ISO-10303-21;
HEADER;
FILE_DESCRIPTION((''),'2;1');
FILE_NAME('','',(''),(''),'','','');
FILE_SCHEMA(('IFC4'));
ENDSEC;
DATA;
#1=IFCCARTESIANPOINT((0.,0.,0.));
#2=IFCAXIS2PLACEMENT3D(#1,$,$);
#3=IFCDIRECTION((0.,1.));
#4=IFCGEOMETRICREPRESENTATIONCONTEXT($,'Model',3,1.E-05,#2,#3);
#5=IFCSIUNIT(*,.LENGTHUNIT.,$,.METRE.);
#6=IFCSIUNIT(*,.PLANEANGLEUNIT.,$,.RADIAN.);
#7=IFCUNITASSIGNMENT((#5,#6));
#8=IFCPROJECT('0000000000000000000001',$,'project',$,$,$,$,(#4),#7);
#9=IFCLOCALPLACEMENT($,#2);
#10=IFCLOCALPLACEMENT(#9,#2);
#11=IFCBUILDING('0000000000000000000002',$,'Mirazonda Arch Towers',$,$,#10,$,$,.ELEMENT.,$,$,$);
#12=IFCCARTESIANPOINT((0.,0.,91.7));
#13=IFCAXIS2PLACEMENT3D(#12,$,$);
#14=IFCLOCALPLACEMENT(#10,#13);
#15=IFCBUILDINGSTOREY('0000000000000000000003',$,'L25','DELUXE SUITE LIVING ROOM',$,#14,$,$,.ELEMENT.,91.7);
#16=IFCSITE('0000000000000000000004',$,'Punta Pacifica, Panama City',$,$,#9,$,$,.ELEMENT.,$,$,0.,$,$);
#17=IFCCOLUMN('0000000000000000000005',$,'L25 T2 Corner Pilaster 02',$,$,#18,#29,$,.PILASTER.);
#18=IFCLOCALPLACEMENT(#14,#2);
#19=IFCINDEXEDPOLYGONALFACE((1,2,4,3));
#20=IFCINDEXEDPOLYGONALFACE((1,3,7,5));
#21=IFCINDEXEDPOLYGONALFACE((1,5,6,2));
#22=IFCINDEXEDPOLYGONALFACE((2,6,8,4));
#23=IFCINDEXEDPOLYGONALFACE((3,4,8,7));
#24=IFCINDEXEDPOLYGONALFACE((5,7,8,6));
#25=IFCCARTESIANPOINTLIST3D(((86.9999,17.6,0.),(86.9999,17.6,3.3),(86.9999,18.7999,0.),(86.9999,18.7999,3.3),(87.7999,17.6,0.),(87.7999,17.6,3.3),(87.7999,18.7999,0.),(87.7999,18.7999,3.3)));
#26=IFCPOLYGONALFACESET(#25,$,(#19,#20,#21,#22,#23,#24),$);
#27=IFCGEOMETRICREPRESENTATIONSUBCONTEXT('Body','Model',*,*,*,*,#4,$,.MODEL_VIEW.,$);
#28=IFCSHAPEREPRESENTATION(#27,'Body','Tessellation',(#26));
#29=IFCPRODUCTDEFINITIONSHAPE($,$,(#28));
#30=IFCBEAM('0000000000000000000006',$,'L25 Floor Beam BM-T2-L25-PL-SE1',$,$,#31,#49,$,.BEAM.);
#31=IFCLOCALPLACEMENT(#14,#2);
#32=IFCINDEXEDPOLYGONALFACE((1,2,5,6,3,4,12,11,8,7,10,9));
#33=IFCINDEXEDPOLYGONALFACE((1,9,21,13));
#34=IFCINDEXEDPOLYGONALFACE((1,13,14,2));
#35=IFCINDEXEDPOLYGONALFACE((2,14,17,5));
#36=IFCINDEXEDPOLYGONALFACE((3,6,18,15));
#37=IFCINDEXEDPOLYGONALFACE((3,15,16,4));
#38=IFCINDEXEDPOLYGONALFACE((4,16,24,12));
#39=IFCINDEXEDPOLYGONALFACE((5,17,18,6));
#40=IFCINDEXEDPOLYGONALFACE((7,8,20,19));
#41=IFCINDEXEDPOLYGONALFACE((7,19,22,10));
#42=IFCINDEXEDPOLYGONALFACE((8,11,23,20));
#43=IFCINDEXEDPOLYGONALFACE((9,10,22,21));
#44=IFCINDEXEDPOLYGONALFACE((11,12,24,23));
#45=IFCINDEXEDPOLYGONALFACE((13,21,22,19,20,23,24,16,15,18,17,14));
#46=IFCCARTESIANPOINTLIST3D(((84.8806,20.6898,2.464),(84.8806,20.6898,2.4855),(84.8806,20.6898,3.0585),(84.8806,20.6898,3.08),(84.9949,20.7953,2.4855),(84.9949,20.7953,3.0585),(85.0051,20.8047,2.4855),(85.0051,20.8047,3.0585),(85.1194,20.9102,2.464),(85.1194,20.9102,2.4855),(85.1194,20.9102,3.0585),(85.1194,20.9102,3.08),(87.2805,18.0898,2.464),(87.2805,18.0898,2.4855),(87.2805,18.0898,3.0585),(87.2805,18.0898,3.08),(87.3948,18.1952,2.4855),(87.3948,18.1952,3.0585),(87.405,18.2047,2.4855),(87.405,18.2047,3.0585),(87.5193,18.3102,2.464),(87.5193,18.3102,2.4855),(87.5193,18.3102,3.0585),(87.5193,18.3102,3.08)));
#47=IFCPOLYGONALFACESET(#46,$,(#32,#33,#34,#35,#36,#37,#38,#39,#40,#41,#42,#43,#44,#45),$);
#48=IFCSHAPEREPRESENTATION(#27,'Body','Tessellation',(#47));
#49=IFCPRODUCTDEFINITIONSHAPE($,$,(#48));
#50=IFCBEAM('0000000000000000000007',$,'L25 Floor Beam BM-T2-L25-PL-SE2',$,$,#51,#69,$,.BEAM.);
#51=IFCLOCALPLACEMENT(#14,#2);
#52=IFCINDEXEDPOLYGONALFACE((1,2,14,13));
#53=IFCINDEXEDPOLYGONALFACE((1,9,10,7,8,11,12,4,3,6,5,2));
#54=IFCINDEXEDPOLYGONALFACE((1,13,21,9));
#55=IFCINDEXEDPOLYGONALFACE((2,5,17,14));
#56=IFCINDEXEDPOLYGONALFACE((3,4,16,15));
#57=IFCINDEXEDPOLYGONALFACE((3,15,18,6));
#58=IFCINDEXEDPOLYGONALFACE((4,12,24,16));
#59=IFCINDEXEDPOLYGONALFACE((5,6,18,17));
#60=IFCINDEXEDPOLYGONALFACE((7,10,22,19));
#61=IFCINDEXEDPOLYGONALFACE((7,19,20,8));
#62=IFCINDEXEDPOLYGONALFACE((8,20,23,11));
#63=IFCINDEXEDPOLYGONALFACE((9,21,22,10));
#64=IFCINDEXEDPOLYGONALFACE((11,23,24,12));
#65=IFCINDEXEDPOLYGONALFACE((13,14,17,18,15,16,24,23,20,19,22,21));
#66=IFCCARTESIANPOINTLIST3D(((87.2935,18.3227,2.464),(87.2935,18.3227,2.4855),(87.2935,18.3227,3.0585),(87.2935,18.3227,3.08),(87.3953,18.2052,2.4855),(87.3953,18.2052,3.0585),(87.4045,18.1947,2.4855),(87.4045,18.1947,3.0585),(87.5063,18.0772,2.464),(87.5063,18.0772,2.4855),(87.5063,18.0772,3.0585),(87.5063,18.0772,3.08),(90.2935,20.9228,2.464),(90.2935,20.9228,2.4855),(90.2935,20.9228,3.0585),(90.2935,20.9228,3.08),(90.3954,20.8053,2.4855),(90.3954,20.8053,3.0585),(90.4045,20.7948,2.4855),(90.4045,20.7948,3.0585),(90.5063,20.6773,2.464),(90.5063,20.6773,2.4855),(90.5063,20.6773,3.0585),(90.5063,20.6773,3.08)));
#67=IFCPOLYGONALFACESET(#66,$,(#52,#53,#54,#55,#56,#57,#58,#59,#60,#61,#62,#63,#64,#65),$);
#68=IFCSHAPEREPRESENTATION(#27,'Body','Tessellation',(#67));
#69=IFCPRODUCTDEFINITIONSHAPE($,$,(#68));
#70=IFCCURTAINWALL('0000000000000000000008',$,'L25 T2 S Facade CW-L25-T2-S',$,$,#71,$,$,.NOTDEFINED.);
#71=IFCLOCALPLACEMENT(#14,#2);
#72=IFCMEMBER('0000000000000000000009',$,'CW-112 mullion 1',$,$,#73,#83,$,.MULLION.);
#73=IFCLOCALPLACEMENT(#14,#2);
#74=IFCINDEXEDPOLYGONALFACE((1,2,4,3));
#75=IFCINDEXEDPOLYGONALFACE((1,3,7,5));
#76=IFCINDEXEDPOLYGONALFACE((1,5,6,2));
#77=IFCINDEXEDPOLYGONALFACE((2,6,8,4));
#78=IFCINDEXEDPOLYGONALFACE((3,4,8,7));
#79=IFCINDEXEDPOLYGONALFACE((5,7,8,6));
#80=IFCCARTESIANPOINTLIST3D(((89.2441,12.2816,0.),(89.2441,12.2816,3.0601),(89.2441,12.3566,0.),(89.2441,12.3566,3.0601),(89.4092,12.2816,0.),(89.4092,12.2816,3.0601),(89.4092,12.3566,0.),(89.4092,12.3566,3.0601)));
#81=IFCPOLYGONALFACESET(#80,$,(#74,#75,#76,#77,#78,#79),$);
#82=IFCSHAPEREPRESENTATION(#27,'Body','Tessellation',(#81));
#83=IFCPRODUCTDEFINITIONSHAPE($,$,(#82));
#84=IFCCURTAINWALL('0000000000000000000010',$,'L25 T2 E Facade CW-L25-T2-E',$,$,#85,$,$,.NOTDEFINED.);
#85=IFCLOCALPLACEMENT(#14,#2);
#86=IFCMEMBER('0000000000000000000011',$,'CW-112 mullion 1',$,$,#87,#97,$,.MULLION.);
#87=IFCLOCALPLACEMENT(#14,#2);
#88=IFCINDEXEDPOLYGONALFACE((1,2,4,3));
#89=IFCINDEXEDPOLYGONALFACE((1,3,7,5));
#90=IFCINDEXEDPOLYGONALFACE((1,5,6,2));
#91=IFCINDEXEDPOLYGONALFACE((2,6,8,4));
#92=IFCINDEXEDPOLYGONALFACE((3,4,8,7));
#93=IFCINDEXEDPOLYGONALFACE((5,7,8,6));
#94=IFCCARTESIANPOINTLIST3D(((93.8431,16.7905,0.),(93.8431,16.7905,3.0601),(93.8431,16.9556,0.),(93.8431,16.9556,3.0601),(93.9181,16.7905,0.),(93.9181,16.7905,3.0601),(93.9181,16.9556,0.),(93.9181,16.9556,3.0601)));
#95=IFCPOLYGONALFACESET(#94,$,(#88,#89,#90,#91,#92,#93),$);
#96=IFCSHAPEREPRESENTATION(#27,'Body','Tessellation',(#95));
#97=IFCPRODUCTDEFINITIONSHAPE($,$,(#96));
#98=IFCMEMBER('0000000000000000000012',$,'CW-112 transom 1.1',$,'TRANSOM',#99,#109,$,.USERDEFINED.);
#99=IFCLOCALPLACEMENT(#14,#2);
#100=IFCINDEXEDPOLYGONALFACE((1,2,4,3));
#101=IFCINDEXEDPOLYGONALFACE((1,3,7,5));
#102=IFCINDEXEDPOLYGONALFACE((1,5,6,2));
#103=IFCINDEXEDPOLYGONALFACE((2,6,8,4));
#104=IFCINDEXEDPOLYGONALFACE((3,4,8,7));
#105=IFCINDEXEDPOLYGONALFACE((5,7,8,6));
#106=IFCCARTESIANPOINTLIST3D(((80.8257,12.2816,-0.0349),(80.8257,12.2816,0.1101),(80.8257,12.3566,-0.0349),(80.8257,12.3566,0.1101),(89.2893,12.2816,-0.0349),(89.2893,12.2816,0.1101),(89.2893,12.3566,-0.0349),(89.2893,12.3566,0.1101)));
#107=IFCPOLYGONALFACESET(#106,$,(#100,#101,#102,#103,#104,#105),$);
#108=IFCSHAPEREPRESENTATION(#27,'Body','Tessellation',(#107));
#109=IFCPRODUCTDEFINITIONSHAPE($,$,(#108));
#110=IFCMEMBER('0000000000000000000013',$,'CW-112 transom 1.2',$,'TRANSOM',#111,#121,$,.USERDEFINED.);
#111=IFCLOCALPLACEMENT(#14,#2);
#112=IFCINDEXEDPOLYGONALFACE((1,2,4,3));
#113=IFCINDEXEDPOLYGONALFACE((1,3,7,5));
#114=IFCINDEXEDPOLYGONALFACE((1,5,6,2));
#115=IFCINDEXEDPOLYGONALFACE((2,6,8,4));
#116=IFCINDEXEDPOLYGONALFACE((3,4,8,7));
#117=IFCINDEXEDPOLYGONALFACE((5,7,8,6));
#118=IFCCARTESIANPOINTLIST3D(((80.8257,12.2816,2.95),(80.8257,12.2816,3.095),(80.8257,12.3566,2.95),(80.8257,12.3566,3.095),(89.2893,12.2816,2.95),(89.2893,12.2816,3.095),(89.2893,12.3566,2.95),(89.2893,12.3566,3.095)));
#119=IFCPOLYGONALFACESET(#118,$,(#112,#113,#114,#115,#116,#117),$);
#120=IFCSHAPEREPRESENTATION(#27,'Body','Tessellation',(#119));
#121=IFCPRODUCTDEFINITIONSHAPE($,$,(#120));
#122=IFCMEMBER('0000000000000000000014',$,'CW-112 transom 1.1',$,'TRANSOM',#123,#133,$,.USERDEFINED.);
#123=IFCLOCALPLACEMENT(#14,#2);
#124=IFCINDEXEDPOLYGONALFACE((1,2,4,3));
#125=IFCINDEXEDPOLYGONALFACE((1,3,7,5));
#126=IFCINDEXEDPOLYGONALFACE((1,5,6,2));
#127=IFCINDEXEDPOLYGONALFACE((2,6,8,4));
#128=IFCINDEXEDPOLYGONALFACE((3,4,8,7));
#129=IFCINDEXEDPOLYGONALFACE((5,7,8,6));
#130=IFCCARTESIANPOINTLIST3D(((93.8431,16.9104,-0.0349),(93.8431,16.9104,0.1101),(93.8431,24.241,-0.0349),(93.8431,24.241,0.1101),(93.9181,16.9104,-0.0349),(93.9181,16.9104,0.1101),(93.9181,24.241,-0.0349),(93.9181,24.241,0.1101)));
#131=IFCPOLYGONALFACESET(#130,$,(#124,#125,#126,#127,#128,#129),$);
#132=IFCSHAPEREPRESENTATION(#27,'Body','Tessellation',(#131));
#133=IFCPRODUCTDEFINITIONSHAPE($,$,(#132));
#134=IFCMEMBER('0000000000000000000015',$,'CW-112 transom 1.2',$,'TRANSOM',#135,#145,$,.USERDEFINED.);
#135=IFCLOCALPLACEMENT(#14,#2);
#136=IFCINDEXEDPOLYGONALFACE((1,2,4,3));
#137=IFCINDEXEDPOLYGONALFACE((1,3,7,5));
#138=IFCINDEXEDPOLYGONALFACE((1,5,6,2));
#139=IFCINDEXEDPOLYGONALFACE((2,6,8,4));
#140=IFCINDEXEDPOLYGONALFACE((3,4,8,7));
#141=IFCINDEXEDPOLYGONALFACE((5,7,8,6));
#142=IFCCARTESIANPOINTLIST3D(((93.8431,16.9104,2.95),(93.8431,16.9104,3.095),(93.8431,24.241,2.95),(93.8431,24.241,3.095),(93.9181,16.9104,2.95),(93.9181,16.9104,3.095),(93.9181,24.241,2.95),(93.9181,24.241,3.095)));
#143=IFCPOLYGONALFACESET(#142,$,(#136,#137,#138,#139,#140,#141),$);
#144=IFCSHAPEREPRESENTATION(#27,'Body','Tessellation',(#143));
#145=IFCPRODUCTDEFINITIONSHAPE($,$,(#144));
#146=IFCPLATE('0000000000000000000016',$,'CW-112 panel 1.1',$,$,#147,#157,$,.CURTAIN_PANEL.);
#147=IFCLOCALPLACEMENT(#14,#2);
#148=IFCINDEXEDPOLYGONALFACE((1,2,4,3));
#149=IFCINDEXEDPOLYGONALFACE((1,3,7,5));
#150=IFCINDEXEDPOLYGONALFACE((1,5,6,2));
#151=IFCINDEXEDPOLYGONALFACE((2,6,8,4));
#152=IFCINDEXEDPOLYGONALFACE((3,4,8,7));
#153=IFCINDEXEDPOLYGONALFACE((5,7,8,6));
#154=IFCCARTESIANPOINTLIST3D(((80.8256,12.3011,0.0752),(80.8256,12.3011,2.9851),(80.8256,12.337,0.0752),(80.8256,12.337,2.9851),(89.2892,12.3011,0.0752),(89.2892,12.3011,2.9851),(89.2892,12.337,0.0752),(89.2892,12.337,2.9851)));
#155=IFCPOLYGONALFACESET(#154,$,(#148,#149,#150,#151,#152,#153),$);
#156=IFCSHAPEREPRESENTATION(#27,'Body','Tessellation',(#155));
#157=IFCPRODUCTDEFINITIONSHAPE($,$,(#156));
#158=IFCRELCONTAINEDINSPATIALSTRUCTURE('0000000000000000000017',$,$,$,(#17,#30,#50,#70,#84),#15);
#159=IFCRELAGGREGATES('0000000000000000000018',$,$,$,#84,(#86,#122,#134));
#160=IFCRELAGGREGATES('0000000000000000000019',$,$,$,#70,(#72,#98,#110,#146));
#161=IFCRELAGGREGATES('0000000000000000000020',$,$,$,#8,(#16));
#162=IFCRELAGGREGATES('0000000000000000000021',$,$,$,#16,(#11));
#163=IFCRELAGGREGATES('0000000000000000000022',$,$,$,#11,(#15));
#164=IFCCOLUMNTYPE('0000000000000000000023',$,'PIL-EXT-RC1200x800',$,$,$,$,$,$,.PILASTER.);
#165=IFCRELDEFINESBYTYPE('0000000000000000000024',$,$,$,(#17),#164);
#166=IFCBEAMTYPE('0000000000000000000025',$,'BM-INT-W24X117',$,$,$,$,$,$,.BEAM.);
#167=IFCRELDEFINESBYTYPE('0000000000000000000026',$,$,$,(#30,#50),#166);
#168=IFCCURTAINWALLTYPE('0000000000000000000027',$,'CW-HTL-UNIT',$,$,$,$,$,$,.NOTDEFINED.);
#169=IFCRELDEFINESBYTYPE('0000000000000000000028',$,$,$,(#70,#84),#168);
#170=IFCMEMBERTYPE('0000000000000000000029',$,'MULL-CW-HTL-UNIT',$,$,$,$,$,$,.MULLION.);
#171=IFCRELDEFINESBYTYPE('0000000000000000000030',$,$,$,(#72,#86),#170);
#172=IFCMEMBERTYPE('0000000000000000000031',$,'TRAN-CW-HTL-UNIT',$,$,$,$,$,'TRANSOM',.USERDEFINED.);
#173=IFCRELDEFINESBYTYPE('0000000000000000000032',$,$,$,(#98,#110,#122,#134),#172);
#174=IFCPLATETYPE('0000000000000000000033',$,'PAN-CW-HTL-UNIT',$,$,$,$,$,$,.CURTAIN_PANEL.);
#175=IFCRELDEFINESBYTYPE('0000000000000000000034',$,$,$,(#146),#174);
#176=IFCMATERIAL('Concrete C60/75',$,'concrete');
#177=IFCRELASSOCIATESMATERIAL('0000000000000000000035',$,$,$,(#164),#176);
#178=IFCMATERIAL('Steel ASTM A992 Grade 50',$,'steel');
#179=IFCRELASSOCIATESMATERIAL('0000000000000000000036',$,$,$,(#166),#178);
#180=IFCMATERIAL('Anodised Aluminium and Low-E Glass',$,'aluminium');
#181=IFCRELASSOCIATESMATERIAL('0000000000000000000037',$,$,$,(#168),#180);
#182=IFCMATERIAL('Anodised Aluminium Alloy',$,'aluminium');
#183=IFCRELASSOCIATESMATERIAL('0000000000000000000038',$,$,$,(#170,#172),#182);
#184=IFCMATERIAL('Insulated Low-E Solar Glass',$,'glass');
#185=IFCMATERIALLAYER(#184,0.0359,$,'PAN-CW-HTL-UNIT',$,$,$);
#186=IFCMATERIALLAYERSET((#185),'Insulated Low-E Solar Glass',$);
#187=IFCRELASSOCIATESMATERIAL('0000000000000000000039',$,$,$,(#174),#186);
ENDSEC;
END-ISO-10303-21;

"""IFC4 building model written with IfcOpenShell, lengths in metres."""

from ifc_helpers import new_model, si_unit, direction, frame, origin, origin_2d, place, context, subcontext, project, spatial, rectangle, i_section, extrude, material, layer, layer_set, material_profile, profile_set, type_object, element, aggregate, save


model = new_model("IFC4")

# Units and contexts
model_context = context("Model", 3, precision=1e-05, world=origin(), true_north=direction((0.0, 1.0)))
body_context = subcontext(model_context, "Body", "Model", "MODEL_VIEW")
ifc_project = project(units=[si_unit("LENGTHUNIT", "METRE"), si_unit("PLANEANGLEUNIT", "RADIAN")], contexts=[model_context])

# Site, building, storey
site_placement = place(None, origin())
site = spatial("IfcSite", under=ifc_project, at=site_placement, Name="Punta Pacifica, Panama City", CompositionType="ELEMENT", RefElevation=0.0)
building_placement = place(site_placement, origin())
building = spatial("IfcBuilding", under=site, at=building_placement, Name="Mirazonda Arch Towers", CompositionType="ELEMENT")
storey_placement = place(building_placement, frame((0.0, 0.0, 91.7)))
storey = spatial("IfcBuildingStorey", under=building, at=storey_placement, Name="L25", Description="DELUXE SUITE LIVING ROOM", CompositionType="ELEMENT", Elevation=91.7)

# Column
ifc_material_1 = material(Name="Concrete C60/75", Category="concrete")
ifc_material_profile_1 = material_profile(ifc_material_1, rectangle(XDim=0.8, YDim=1.2, at=origin_2d()), Name="RC1200x800")
ifc_profile_set_1 = profile_set([ifc_material_profile_1], Name="Concrete C60/75")
column_type = type_object("IfcColumnType", Name="PIL-EXT-RC1200x800", PredefinedType="PILASTER", material=ifc_profile_set_1)
column_placement = place(storey_placement, frame((87.3999, 18.2, 0.0), z_axis=(0.0, 0.0, 1.0), x_axis=(1.0, 0.0, 0.0)))
element("IfcColumn", 1, at=column_placement, inside=storey, type_object=column_type, Name="L25 T2 Corner Pilaster 02", PredefinedType="PILASTER", context=body_context, shape_type="SweptSolid", body=[
    extrude(rectangle(XDim=0.8, YDim=1.2, at=origin_2d()), origin(), (0.0, 0.0, 1.0), 3.3),
])

# Beams
ifc_material_2 = material(Name="Steel ASTM A992 Grade 50", Category="steel")
ifc_material_profile_2 = material_profile(ifc_material_2, i_section(OverallWidth=0.325, OverallDepth=0.616, WebThickness=0.0139, FlangeThickness=0.0215, at=origin_2d()), Name="W24X117")
ifc_profile_set_2 = profile_set([ifc_material_profile_2], Name="Steel ASTM A992 Grade 50")
beam_type = type_object("IfcBeamType", Name="BM-INT-W24X117", PredefinedType="BEAM", material=ifc_profile_set_2)
beam_1_placement = place(storey_placement, frame((87.3999, 18.2, 2.772), z_axis=(-0.678251, 0.73483, 0.0), x_axis=(-0.73483, -0.678251, 0.0)))
element("IfcBeam", 2, at=beam_1_placement, inside=storey, type_object=beam_type, Name="L25 Floor Beam BM-T2-L25-PL-SE1", PredefinedType="BEAM", context=body_context, shape_type="SweptSolid", body=[
    extrude(i_section(OverallWidth=0.325, OverallDepth=0.616, WebThickness=0.0139, FlangeThickness=0.0215, at=origin_2d()), origin(), (0.0, 0.0, 1.0), 3.5383),
])
beam_2_placement = place(storey_placement, frame((87.3999, 18.2, 2.772), z_axis=(0.755677, 0.654945, 0.0), x_axis=(-0.654945, 0.755677, 0.0)))
element("IfcBeam", 3, at=beam_2_placement, inside=storey, type_object=beam_type, Name="L25 Floor Beam BM-T2-L25-PL-SE2", PredefinedType="BEAM", context=body_context, shape_type="SweptSolid", body=[
    extrude(i_section(OverallWidth=0.325, OverallDepth=0.616, WebThickness=0.0139, FlangeThickness=0.0215, at=origin_2d()), origin(), (0.0, 0.0, 1.0), 3.97),
])

# Curtain walls, members
ifc_material_3 = material(Name="Anodised Aluminium and Low-E Glass", Category="aluminium")
curtain_wall_type = type_object("IfcCurtainWallType", Name="CW-HTL-UNIT", PredefinedType="NOTDEFINED", material=ifc_material_3)
curtain_wall_1_placement = place(storey_placement, origin())
curtain_wall_1 = element("IfcCurtainWall", 4, at=curtain_wall_1_placement, inside=storey, type_object=curtain_wall_type, Name="L25 T2 S Facade CW-L25-T2-S", PredefinedType="NOTDEFINED")
ifc_material_4 = material(Name="Anodised Aluminium Alloy", Category="aluminium")
ifc_material_profile_3 = material_profile(ifc_material_4, rectangle(XDim=0.075, YDim=0.165, at=origin_2d()), Name="ALU-MULL-75x165")
ifc_profile_set_3 = profile_set([ifc_material_profile_3], Name="Anodised Aluminium Alloy")
member_type_1 = type_object("IfcMemberType", Name="MULL-CW-HTL-UNIT", PredefinedType="MULLION", material=ifc_profile_set_3)
member_1_placement = place(storey_placement, frame((89.3267, 12.3191, 0.0), z_axis=(0.0, 0.0, 1.0), x_axis=(0.0, -1.0, 0.0)))
member_1 = element("IfcMember", 5, at=member_1_placement, type_object=member_type_1, Name="CW-112 mullion 1", PredefinedType="MULLION", context=body_context, shape_type="SweptSolid", body=[
    extrude(rectangle(XDim=0.075, YDim=0.165, at=origin_2d()), origin(), (0.0, 0.0, 1.0), 3.0601),
])
curtain_wall_2_placement = place(storey_placement, origin())
curtain_wall_2 = element("IfcCurtainWall", 6, at=curtain_wall_2_placement, inside=storey, type_object=curtain_wall_type, Name="L25 T2 E Facade CW-L25-T2-E", PredefinedType="NOTDEFINED")
member_2_placement = place(storey_placement, frame((93.8806, 16.873, 0.0), z_axis=(0.0, 0.0, 1.0), x_axis=(-1.0, 0.0, 0.0)))
member_2 = element("IfcMember", 7, at=member_2_placement, type_object=member_type_1, Name="CW-112 mullion 1", PredefinedType="MULLION", context=body_context, shape_type="SweptSolid", body=[
    extrude(rectangle(XDim=0.075, YDim=0.165, at=origin_2d()), origin(), (0.0, 0.0, 1.0), 3.0601),
])

# Members
ifc_material_profile_4 = material_profile(ifc_material_4, rectangle(XDim=0.075, YDim=0.145, at=origin_2d()), Name="ALU-TRAN-75x145")
ifc_profile_set_4 = profile_set([ifc_material_profile_4], Name="Anodised Aluminium Alloy")
member_type_2 = type_object("IfcMemberType", Name="TRAN-CW-HTL-UNIT", ElementType="TRANSOM", PredefinedType="USERDEFINED", material=ifc_profile_set_4)
member_3_placement = place(storey_placement, frame((89.2893, 12.3191, 0.0376), z_axis=(-1.0, 0.0, 0.0), x_axis=(0.0, -1.0, 0.0)))
member_3 = element("IfcMember", 8, at=member_3_placement, type_object=member_type_2, Name="CW-112 transom 1.1", ObjectType="TRANSOM", PredefinedType="USERDEFINED", context=body_context, shape_type="SweptSolid", body=[
    extrude(rectangle(XDim=0.075, YDim=0.145, at=origin_2d()), origin(), (0.0, 0.0, 1.0), 8.4636),
])
member_4_placement = place(storey_placement, frame((89.2893, 12.3191, 3.0225), z_axis=(-1.0, 0.0, 0.0), x_axis=(0.0, -1.0, 0.0)))
member_4 = element("IfcMember", 9, at=member_4_placement, type_object=member_type_2, Name="CW-112 transom 1.2", ObjectType="TRANSOM", PredefinedType="USERDEFINED", context=body_context, shape_type="SweptSolid", body=[
    extrude(rectangle(XDim=0.075, YDim=0.145, at=origin_2d()), origin(), (0.0, 0.0, 1.0), 8.4636),
])
member_5_placement = place(storey_placement, frame((93.8806, 16.9104, 0.0376), z_axis=(0.0, 1.0, 0.0), x_axis=(-1.0, 0.0, 0.0)))
member_5 = element("IfcMember", 10, at=member_5_placement, type_object=member_type_2, Name="CW-112 transom 1.1", ObjectType="TRANSOM", PredefinedType="USERDEFINED", context=body_context, shape_type="SweptSolid", body=[
    extrude(rectangle(XDim=0.075, YDim=0.145, at=origin_2d()), origin(), (0.0, 0.0, 1.0), 7.3306),
])
member_6_placement = place(storey_placement, frame((93.8806, 16.9104, 3.0225), z_axis=(0.0, 1.0, 0.0), x_axis=(-1.0, 0.0, 0.0)))
member_6 = element("IfcMember", 11, at=member_6_placement, type_object=member_type_2, Name="CW-112 transom 1.2", ObjectType="TRANSOM", PredefinedType="USERDEFINED", context=body_context, shape_type="SweptSolid", body=[
    extrude(rectangle(XDim=0.075, YDim=0.145, at=origin_2d()), origin(), (0.0, 0.0, 1.0), 7.3306),
])
aggregate(curtain_wall_2, [member_2, member_5, member_6])

# Plate
ifc_material_5 = material(Name="Insulated Low-E Solar Glass", Category="glass")
ifc_layer_1 = layer(ifc_material_5, 0.0359, Name="PAN-CW-HTL-UNIT")
ifc_layer_set_1 = layer_set([ifc_layer_1], Name="Insulated Low-E Solar Glass")
plate_type = type_object("IfcPlateType", Name="PAN-CW-HTL-UNIT", PredefinedType="CURTAIN_PANEL", material=ifc_layer_set_1)
plate_placement = place(storey_placement, frame((85.0574, 12.3191, 0.0752), z_axis=(0.0, 0.0, 1.0), x_axis=(-1.0, 0.0, 0.0)))
plate = element("IfcPlate", 12, at=plate_placement, type_object=plate_type, Name="CW-112 panel 1.1", PredefinedType="CURTAIN_PANEL", context=body_context, shape_type="SweptSolid", body=[
    extrude(rectangle(XDim=8.4636, YDim=0.0359, at=origin_2d()), origin(), (0.0, 0.0, 1.0), 2.9099),
])
aggregate(curtain_wall_1, [member_1, member_3, member_4, plate])

save(model, "model.ifc")
